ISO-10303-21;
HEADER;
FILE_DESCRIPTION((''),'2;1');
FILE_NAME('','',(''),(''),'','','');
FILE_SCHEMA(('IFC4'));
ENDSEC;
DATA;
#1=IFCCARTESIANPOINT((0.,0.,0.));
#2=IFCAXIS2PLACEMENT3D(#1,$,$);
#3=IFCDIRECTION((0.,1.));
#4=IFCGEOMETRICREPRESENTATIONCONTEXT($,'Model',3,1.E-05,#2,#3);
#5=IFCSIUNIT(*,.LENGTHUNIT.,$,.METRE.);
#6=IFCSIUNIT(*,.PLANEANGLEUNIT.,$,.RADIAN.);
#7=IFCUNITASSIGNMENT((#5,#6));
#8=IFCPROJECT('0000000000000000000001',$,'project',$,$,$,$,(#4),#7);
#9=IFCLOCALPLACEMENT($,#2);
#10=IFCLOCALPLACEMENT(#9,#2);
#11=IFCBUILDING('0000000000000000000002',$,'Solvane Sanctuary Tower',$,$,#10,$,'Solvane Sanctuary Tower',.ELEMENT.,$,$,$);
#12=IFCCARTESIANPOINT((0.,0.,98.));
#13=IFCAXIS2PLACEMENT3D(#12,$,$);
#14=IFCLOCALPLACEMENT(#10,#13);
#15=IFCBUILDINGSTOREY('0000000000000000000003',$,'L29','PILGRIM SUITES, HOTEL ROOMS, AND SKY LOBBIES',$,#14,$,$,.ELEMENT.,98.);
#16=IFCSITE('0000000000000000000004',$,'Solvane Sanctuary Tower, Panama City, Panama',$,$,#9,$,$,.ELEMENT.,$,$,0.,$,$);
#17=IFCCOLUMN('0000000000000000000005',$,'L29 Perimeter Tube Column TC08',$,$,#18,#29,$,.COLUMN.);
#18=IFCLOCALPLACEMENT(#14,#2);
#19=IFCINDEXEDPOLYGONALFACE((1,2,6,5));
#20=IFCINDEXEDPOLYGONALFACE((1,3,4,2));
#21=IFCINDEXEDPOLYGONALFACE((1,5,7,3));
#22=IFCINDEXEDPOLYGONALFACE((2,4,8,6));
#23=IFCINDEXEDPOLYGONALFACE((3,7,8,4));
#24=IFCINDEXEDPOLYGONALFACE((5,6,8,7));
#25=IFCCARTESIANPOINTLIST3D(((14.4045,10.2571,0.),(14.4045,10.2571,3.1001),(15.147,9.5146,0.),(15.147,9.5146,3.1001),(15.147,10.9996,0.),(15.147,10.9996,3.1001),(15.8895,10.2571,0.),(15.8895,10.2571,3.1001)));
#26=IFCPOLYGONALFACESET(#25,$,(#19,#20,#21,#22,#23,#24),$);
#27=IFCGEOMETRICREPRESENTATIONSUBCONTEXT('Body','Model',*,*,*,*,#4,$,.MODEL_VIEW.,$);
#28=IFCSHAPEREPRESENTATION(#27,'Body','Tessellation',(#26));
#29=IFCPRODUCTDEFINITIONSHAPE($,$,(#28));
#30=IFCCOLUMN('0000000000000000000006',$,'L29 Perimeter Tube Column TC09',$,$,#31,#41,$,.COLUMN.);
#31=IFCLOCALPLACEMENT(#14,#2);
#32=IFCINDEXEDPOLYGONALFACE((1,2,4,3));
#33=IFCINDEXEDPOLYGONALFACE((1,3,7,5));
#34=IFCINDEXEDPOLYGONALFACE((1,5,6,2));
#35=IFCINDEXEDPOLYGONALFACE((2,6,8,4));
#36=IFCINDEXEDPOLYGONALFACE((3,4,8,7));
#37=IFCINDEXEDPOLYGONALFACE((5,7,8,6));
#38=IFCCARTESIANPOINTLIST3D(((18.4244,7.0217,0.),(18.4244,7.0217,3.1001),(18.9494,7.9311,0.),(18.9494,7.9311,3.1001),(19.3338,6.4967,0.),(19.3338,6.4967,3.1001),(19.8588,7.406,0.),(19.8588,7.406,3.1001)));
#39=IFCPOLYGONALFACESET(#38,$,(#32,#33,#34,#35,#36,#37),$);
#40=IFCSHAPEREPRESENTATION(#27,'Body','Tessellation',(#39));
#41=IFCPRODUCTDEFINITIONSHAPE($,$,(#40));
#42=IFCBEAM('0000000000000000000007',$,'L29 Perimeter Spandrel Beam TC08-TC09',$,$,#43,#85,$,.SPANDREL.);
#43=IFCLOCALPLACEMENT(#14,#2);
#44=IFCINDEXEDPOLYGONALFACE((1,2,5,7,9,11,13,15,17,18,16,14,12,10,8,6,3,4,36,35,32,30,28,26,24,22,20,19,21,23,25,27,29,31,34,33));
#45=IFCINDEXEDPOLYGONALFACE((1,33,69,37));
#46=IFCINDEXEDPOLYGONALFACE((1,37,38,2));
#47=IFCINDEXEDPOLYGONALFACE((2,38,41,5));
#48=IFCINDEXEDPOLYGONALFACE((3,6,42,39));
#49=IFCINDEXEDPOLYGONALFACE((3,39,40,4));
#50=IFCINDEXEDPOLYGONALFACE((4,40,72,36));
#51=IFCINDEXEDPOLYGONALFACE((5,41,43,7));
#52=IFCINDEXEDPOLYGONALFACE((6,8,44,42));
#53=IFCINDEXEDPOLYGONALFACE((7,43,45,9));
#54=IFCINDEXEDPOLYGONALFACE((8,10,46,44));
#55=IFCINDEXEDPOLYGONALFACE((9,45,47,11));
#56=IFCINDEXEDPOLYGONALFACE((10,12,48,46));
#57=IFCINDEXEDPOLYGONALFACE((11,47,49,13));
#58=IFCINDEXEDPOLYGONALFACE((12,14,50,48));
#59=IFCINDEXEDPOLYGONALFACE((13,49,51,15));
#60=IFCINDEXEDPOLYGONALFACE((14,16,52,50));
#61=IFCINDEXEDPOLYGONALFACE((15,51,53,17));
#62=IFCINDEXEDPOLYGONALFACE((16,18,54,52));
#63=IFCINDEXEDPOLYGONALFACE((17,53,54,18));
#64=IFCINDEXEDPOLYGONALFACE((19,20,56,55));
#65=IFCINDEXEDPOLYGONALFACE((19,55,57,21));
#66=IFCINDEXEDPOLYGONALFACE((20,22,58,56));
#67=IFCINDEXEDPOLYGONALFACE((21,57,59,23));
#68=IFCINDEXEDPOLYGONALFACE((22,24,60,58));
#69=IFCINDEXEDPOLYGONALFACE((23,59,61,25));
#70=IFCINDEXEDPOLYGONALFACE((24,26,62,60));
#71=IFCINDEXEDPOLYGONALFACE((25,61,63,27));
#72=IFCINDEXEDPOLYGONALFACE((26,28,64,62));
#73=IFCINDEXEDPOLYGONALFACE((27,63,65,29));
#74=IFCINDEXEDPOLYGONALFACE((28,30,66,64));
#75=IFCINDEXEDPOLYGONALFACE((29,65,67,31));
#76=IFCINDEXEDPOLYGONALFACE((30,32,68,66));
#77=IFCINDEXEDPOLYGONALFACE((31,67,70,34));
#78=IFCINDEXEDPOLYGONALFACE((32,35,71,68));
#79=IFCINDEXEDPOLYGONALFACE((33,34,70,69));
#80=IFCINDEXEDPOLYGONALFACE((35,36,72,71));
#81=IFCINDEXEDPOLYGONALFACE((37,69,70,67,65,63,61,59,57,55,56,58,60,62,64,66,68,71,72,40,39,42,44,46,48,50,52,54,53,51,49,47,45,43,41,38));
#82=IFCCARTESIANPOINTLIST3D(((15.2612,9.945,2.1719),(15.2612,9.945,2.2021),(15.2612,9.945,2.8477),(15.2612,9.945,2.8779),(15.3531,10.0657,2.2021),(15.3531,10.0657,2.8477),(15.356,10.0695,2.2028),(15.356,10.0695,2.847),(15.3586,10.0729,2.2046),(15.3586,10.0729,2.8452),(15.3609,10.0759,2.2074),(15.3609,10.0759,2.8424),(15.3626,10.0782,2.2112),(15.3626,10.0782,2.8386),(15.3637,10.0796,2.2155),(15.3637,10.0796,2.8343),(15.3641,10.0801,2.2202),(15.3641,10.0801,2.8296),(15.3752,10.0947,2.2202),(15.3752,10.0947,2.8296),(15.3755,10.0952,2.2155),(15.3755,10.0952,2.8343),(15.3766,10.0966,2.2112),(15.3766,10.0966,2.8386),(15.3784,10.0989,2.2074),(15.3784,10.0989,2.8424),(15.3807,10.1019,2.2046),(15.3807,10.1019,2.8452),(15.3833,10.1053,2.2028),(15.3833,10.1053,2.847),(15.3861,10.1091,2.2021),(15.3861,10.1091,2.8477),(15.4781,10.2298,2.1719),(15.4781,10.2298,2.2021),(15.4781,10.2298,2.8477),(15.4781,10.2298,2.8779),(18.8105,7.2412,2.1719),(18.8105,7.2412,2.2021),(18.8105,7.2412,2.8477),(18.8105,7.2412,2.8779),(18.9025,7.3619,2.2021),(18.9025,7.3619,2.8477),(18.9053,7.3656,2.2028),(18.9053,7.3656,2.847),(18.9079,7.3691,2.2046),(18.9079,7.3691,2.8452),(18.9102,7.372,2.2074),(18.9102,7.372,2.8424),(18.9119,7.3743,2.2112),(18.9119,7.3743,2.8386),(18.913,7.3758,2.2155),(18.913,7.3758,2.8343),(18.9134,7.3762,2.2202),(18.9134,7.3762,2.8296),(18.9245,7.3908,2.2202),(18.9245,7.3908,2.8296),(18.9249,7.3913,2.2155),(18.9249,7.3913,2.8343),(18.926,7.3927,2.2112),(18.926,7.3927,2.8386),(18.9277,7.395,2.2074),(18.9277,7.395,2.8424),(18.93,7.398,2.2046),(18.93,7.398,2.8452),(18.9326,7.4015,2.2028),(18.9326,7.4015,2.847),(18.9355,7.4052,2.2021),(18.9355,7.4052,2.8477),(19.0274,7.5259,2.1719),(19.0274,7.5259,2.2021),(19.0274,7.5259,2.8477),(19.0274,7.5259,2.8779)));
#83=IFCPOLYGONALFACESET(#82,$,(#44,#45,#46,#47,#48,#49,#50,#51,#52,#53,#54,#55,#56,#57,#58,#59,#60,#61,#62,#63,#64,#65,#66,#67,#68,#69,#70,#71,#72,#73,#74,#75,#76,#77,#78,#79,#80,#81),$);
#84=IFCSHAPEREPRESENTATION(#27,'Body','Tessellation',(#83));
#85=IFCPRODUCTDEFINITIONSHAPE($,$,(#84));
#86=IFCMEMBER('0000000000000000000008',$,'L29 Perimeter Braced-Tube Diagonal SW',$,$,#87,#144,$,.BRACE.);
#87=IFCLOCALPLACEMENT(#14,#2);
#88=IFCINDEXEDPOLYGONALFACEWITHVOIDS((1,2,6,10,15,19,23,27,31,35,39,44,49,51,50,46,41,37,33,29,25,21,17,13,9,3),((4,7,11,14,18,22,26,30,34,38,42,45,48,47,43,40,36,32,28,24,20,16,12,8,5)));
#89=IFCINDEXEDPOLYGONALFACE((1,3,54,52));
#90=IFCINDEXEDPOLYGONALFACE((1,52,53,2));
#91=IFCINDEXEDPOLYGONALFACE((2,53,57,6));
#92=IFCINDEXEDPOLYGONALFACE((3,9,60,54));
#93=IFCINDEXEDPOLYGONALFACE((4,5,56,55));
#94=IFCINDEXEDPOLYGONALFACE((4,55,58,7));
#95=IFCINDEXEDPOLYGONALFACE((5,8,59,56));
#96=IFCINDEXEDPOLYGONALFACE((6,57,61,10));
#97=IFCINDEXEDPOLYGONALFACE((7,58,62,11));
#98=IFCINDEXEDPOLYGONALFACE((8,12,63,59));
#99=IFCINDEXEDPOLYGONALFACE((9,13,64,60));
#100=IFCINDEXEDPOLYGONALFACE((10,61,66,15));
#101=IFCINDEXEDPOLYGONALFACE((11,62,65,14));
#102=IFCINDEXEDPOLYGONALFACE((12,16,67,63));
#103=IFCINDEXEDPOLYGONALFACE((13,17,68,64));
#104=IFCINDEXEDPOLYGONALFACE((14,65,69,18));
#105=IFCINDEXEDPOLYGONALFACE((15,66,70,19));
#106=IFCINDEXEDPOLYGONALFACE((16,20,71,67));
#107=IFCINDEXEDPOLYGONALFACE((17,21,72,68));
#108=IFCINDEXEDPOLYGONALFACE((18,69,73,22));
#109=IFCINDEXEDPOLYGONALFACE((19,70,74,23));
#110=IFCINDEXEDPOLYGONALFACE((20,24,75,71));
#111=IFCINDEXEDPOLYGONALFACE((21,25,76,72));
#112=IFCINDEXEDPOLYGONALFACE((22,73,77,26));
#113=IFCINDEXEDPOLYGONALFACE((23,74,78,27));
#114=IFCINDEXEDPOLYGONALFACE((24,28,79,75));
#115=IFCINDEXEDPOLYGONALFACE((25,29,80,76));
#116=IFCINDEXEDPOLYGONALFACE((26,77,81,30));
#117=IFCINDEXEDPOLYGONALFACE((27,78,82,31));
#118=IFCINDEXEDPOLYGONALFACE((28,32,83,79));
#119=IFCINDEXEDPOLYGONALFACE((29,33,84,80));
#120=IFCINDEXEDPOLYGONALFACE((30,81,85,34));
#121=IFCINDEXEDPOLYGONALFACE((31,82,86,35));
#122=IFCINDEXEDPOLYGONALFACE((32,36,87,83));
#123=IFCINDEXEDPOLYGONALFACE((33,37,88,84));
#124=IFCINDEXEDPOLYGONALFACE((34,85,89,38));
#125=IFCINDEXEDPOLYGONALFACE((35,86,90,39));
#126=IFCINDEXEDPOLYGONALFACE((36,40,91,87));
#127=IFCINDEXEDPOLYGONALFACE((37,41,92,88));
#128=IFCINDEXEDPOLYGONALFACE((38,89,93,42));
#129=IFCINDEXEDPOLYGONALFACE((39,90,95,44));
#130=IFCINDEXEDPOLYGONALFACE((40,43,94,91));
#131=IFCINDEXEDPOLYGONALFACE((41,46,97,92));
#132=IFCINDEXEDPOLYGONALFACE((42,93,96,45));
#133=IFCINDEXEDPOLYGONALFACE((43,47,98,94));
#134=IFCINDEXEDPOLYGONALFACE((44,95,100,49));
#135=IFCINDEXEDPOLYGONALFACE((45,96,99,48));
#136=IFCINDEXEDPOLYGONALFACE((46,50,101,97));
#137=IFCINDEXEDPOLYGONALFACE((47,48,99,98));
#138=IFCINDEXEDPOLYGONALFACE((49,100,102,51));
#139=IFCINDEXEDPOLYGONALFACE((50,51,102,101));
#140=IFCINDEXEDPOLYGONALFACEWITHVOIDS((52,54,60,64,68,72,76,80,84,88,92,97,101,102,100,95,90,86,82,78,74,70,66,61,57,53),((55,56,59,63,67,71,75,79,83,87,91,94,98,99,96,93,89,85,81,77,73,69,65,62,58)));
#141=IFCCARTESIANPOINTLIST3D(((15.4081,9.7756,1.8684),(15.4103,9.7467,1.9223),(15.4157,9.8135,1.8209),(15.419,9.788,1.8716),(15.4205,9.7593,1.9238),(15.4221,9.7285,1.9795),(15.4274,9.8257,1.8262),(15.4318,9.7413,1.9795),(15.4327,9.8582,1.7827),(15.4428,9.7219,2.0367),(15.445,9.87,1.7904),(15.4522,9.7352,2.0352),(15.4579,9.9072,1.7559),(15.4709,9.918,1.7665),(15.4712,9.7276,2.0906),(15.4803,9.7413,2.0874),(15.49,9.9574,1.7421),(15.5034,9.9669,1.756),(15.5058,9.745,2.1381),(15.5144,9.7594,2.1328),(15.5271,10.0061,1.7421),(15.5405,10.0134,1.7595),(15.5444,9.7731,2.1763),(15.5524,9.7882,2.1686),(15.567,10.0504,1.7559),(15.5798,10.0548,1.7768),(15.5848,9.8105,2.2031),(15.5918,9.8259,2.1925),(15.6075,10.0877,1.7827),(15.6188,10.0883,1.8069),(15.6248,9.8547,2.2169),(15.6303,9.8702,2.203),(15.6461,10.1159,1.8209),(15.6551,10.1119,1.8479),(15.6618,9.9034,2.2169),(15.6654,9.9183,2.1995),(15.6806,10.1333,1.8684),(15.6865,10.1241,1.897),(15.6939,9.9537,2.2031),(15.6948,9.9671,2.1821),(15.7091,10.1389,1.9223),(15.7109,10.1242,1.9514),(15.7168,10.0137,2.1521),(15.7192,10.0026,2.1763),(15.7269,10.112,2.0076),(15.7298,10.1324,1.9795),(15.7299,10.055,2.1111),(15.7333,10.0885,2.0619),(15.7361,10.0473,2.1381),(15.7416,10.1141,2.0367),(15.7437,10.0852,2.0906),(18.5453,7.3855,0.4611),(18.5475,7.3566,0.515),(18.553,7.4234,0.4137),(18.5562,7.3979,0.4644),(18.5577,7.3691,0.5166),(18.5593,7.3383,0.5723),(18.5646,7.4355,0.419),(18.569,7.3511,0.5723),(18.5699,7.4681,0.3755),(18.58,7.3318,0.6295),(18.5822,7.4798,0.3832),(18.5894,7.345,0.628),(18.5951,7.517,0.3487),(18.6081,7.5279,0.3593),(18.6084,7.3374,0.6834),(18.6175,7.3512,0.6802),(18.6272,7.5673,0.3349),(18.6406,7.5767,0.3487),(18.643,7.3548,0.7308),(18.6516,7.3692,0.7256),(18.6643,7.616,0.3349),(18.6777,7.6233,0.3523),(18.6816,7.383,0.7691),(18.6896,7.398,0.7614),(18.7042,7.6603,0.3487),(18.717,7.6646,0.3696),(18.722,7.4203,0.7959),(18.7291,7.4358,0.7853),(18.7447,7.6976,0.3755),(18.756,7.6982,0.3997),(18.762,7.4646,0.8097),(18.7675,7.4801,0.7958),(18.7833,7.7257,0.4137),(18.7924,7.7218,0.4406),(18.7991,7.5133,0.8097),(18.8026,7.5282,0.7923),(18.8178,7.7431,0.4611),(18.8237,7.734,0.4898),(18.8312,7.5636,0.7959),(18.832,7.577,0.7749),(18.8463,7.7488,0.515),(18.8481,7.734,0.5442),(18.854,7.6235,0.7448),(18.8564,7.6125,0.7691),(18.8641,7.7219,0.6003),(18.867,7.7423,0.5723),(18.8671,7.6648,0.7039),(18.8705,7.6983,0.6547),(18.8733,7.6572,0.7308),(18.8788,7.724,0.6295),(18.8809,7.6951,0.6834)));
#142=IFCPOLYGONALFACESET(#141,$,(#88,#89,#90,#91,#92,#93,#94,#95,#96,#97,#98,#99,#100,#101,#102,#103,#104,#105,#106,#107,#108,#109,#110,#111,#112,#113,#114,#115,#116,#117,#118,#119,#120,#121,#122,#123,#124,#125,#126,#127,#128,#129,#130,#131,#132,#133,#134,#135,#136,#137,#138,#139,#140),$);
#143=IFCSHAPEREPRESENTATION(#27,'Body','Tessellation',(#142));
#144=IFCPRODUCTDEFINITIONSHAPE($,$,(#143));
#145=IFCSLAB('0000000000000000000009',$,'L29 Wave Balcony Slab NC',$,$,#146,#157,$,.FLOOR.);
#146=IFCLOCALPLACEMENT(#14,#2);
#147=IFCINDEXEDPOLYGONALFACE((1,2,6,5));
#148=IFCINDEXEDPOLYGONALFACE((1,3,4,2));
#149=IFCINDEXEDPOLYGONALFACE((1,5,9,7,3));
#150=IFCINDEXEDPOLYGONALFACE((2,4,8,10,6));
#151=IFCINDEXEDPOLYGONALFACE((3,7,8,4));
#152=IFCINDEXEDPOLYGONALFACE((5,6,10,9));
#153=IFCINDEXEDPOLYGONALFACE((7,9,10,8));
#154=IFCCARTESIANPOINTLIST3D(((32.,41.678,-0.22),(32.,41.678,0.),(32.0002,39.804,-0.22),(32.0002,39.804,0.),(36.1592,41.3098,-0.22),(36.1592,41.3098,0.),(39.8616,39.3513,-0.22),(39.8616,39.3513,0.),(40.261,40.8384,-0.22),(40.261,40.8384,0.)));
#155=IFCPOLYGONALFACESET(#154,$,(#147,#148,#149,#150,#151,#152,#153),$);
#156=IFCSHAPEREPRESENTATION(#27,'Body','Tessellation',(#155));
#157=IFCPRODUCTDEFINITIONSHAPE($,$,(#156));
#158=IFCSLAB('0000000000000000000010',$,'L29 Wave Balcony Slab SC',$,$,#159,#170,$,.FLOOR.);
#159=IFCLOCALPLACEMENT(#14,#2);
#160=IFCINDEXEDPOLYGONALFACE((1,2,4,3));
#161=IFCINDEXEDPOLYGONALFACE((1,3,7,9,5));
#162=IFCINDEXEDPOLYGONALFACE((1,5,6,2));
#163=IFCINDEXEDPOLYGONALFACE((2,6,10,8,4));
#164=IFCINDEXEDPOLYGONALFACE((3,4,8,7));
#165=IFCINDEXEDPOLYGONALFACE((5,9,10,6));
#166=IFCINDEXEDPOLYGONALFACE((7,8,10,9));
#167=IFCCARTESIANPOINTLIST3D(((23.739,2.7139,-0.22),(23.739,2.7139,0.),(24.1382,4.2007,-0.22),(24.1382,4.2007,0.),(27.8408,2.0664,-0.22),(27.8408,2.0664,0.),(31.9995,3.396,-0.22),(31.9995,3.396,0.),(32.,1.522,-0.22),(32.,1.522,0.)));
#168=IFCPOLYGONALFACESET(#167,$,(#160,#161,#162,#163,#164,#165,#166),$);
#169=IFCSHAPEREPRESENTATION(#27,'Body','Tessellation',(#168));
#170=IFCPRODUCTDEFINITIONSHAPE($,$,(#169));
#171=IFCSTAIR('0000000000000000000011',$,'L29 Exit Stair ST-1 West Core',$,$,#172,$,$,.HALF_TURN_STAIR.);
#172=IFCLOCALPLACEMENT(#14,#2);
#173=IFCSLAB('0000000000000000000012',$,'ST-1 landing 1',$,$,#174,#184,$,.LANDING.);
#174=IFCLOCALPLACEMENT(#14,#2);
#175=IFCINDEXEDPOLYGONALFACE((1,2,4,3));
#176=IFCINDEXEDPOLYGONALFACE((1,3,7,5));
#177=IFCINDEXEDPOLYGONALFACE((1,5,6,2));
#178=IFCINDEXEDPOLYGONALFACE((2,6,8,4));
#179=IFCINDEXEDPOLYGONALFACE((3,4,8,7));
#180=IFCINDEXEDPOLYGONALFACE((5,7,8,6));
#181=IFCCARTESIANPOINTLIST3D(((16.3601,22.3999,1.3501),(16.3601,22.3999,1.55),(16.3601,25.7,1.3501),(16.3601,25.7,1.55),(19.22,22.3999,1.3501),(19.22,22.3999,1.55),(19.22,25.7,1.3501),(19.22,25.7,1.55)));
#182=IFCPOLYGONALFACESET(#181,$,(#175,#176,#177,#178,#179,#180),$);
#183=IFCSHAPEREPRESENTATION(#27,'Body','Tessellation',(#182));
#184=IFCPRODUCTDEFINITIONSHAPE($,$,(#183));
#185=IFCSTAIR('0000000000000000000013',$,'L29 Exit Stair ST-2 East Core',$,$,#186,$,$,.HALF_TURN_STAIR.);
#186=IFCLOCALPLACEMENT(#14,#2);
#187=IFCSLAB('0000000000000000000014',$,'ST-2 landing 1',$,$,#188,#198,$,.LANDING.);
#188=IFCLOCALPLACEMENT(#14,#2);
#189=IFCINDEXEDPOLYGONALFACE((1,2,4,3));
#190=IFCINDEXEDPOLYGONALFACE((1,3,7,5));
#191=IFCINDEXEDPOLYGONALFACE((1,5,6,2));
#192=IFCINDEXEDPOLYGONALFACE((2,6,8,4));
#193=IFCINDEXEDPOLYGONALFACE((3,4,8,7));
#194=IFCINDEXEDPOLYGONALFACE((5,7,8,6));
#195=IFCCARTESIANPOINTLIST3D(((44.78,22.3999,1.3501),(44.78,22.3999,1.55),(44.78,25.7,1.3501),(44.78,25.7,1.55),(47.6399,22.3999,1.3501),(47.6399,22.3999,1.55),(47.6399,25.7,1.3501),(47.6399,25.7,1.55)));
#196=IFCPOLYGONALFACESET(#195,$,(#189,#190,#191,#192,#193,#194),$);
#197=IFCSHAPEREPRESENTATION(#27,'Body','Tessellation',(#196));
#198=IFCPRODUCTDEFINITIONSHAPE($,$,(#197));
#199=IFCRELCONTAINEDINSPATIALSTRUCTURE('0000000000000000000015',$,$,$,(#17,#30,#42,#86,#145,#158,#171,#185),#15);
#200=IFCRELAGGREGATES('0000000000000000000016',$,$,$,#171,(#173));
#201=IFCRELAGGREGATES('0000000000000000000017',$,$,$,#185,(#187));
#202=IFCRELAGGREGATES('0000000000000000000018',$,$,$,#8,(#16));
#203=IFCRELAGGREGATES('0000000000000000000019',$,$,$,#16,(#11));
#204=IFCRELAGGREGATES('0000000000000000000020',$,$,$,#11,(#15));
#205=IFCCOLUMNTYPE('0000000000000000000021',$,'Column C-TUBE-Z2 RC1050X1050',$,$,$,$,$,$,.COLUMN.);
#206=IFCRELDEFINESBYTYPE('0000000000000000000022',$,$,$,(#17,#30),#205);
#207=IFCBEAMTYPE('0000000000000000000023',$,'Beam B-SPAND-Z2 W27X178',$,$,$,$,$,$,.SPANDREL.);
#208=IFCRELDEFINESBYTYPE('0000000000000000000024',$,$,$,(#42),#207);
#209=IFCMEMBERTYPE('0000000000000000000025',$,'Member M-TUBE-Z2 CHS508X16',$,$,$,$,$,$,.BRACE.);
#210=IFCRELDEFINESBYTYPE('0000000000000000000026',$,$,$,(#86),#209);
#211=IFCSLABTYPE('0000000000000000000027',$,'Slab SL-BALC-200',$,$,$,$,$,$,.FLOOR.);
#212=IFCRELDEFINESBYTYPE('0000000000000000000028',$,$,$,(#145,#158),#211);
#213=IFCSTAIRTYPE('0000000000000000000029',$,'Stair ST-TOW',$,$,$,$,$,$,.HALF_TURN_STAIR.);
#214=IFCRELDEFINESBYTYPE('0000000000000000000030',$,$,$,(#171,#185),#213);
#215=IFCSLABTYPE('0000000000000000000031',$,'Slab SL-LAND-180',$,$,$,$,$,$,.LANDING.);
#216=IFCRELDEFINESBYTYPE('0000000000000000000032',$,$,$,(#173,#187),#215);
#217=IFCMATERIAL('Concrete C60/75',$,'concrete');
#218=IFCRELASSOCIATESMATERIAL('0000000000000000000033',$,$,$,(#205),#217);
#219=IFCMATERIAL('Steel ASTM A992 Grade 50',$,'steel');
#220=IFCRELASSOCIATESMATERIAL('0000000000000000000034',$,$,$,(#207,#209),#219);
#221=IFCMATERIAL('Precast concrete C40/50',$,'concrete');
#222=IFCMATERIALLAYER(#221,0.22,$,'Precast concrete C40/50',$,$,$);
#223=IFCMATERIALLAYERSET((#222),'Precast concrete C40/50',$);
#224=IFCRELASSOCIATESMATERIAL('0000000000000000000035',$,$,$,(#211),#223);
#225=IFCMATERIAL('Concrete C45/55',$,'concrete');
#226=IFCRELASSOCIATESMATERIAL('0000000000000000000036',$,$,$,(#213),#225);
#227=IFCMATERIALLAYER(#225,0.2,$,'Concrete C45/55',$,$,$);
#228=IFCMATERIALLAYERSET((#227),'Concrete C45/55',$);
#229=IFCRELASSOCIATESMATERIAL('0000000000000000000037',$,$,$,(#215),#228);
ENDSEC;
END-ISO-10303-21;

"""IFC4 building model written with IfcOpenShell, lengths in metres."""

from ifc_helpers import new_model, si_unit, direction, frame, origin, origin_2d, place, context, subcontext, project, spatial, polyline, rectangle, hollow_circle, i_section, outline, extrude, material, layer, layer_set, material_profile, profile_set, type_object, element, aggregate, save


model = new_model("IFC4")

# Units and contexts
model_context = context("Model", 3, precision=1e-05, world=origin(), true_north=direction((0.0, 1.0)))
body_context = subcontext(model_context, "Body", "Model", "MODEL_VIEW")
ifc_project = project(units=[si_unit("LENGTHUNIT", "METRE"), si_unit("PLANEANGLEUNIT", "RADIAN")], contexts=[model_context])

# Site, building, storey
site_placement = place(None, origin())
site = spatial("IfcSite", under=ifc_project, at=site_placement, Name="Solvane Sanctuary Tower, Panama City, Panama", CompositionType="ELEMENT", RefElevation=0.0)
building_placement = place(site_placement, origin())
building = spatial("IfcBuilding", under=site, at=building_placement, Name="Solvane Sanctuary Tower", LongName="Solvane Sanctuary Tower", CompositionType="ELEMENT")
storey_placement = place(building_placement, frame((0.0, 0.0, 98.0)))
storey = spatial("IfcBuildingStorey", under=building, at=storey_placement, Name="L29", Description="PILGRIM SUITES, HOTEL ROOMS, AND SKY LOBBIES", CompositionType="ELEMENT", Elevation=98.0)

# Columns
ifc_material_1 = material(Name="Concrete C60/75", Category="concrete")
ifc_material_profile_1 = material_profile(ifc_material_1, rectangle(XDim=1.05, YDim=1.05, at=origin_2d()), Name="RC1050X1050")
ifc_profile_set_1 = profile_set([ifc_material_profile_1], Name="Concrete C60/75")
column_type = type_object("IfcColumnType", Name="Column C-TUBE-Z2 RC1050X1050", PredefinedType="COLUMN", material=ifc_profile_set_1)
for number, where, z_axis, x_axis, name in (
    (1, (15.147, 10.2571, 0.0), (0.0, 0.0, 1.0), (-0.707107, -0.707107, 0.0), "L29 Perimeter Tube Column TC08"),
    (2, (19.1416, 7.2139, 0.0), (0.0, 0.0, 1.0), (-0.5, -0.866025, 0.0), "L29 Perimeter Tube Column TC09"),
):
    element("IfcColumn", number, at=place(storey_placement, frame(where, z_axis=z_axis, x_axis=x_axis)), inside=storey, type_object=column_type, Name=name, PredefinedType="COLUMN", context=body_context, shape_type="SweptSolid", body=[
        extrude(rectangle(XDim=1.05, YDim=1.05, at=origin_2d()), origin(), (0.0, 0.0, 1.0), 3.1001),
    ])

# Beam
ifc_material_2 = material(Name="Steel ASTM A992 Grade 50", Category="steel")
ifc_material_profile_2 = material_profile(ifc_material_2, i_section(OverallWidth=0.3579, OverallDepth=0.7061, WebThickness=0.0183, FlangeThickness=0.0303, FilletRadius=0.0181, at=origin_2d()), Name="W27X178")
ifc_profile_set_2 = profile_set([ifc_material_profile_2], Name="Steel ASTM A992 Grade 50")
beam_type = type_object("IfcBeamType", Name="Beam B-SPAND-Z2 W27X178", PredefinedType="SPANDREL", material=ifc_profile_set_2)
beam_placement = place(storey_placement, frame((15.3696, 10.0874, 2.5249), z_axis=(0.795473, -0.605989, 0.0), x_axis=(0.605989, 0.795473, 0.0)))
element("IfcBeam", 3, at=beam_placement, inside=storey, type_object=beam_type, Name="L29 Perimeter Spandrel Beam TC08-TC09", PredefinedType="SPANDREL", context=body_context, shape_type="SweptSolid", body=[
    extrude(i_section(OverallWidth=0.3579, OverallDepth=0.7061, WebThickness=0.0183, FlangeThickness=0.0303, FilletRadius=0.0181, at=origin_2d()), origin(), (0.0, 0.0, 1.0), 4.4619),
])

# Member
ifc_material_profile_3 = material_profile(ifc_material_2, hollow_circle(Radius=0.2539, WallThickness=0.0161, at=origin_2d()), Name="CHS508X16")
ifc_profile_set_3 = profile_set([ifc_material_profile_3], Name="Steel ASTM A992 Grade 50")
member_type = type_object("IfcMemberType", Name="Member M-TUBE-Z2 CHS508X16", PredefinedType="BRACE", material=ifc_profile_set_3)
member_placement = place(storey_placement, frame((18.7131, 7.5403, 0.5723), z_axis=(-0.749185, 0.57078, 0.336055), x_axis=(-0.606025, -0.795446, 0.0)))
element("IfcMember", 4, at=member_placement, inside=storey, type_object=member_type, Name="L29 Perimeter Braced-Tube Diagonal SW", PredefinedType="BRACE", context=body_context, shape_type="SweptSolid", body=[
    extrude(hollow_circle(Radius=0.2539, WallThickness=0.0161, at=origin_2d()), origin(), (0.0, 0.0, 1.0), 4.1875),
])

# Slabs
ifc_material_3 = material(Name="Precast concrete C40/50", Category="concrete")
ifc_layer_1 = layer(ifc_material_3, 0.22, Name="Precast concrete C40/50")
ifc_layer_set_1 = layer_set([ifc_layer_1], Name="Precast concrete C40/50")
slab_type_1 = type_object("IfcSlabType", Name="Slab SL-BALC-200", PredefinedType="FLOOR", material=ifc_layer_set_1)
slab_1_placement = place(storey_placement, frame((0.0, 0.0, -0.22)))
element("IfcSlab", 5, at=slab_1_placement, inside=storey, type_object=slab_type_1, Name="L29 Wave Balcony Slab NC", PredefinedType="FLOOR", context=body_context, shape_type="SweptSolid", body=[
    extrude(outline(polyline([(40.261, 40.8384), (36.1592, 41.3098), (32.0, 41.678), (32.0002, 39.804), (39.8616, 39.3513), (40.261, 40.8384)])), origin(), (0.0, 0.0, 1.0), 0.22),
])
slab_2_placement = place(storey_placement, frame((0.0, 0.0, -0.22)))
element("IfcSlab", 6, at=slab_2_placement, inside=storey, type_object=slab_type_1, Name="L29 Wave Balcony Slab SC", PredefinedType="FLOOR", context=body_context, shape_type="SweptSolid", body=[
    extrude(outline(polyline([(23.739, 2.7139), (27.8408, 2.0664), (32.0, 1.522), (31.9995, 3.396), (24.1382, 4.2007), (23.739, 2.7139)])), origin(), (0.0, 0.0, 1.0), 0.22),
])

# Stairs, slabs
ifc_material_4 = material(Name="Concrete C45/55", Category="concrete")
stair_type = type_object("IfcStairType", Name="Stair ST-TOW", PredefinedType="HALF_TURN_STAIR", material=ifc_material_4)
stair_1_placement = place(storey_placement, origin())
stair_1 = element("IfcStair", 7, at=stair_1_placement, inside=storey, type_object=stair_type, Name="L29 Exit Stair ST-1 West Core", PredefinedType="HALF_TURN_STAIR")
ifc_layer_2 = layer(ifc_material_4, 0.2, Name="Concrete C45/55")
ifc_layer_set_2 = layer_set([ifc_layer_2], Name="Concrete C45/55")
slab_type_2 = type_object("IfcSlabType", Name="Slab SL-LAND-180", PredefinedType="LANDING", material=ifc_layer_set_2)
slab_3_placement = place(storey_placement, frame((0.0, 0.0, 1.3501)))
slab_3 = element("IfcSlab", 8, at=slab_3_placement, type_object=slab_type_2, Name="ST-1 landing 1", PredefinedType="LANDING", context=body_context, shape_type="SweptSolid", body=[
    extrude(outline(polyline([(19.22, 22.3999), (19.22, 25.7), (16.3601, 25.7), (16.3601, 22.3999), (19.22, 22.3999)])), origin(), (0.0, 0.0, 1.0), 0.2),
])
aggregate(stair_1, [slab_3])
stair_2_placement = place(storey_placement, origin())
stair_2 = element("IfcStair", 9, at=stair_2_placement, inside=storey, type_object=stair_type, Name="L29 Exit Stair ST-2 East Core", PredefinedType="HALF_TURN_STAIR")
slab_4_placement = place(storey_placement, frame((0.0, 0.0, 1.3501)))
slab_4 = element("IfcSlab", 10, at=slab_4_placement, type_object=slab_type_2, Name="ST-2 landing 1", PredefinedType="LANDING", context=body_context, shape_type="SweptSolid", body=[
    extrude(outline(polyline([(47.6399, 22.3999), (47.6399, 25.7), (44.78, 25.7), (44.78, 22.3999), (47.6399, 22.3999)])), origin(), (0.0, 0.0, 1.0), 0.2),
])
aggregate(stair_2, [slab_4])

save(model, "model.ifc")
